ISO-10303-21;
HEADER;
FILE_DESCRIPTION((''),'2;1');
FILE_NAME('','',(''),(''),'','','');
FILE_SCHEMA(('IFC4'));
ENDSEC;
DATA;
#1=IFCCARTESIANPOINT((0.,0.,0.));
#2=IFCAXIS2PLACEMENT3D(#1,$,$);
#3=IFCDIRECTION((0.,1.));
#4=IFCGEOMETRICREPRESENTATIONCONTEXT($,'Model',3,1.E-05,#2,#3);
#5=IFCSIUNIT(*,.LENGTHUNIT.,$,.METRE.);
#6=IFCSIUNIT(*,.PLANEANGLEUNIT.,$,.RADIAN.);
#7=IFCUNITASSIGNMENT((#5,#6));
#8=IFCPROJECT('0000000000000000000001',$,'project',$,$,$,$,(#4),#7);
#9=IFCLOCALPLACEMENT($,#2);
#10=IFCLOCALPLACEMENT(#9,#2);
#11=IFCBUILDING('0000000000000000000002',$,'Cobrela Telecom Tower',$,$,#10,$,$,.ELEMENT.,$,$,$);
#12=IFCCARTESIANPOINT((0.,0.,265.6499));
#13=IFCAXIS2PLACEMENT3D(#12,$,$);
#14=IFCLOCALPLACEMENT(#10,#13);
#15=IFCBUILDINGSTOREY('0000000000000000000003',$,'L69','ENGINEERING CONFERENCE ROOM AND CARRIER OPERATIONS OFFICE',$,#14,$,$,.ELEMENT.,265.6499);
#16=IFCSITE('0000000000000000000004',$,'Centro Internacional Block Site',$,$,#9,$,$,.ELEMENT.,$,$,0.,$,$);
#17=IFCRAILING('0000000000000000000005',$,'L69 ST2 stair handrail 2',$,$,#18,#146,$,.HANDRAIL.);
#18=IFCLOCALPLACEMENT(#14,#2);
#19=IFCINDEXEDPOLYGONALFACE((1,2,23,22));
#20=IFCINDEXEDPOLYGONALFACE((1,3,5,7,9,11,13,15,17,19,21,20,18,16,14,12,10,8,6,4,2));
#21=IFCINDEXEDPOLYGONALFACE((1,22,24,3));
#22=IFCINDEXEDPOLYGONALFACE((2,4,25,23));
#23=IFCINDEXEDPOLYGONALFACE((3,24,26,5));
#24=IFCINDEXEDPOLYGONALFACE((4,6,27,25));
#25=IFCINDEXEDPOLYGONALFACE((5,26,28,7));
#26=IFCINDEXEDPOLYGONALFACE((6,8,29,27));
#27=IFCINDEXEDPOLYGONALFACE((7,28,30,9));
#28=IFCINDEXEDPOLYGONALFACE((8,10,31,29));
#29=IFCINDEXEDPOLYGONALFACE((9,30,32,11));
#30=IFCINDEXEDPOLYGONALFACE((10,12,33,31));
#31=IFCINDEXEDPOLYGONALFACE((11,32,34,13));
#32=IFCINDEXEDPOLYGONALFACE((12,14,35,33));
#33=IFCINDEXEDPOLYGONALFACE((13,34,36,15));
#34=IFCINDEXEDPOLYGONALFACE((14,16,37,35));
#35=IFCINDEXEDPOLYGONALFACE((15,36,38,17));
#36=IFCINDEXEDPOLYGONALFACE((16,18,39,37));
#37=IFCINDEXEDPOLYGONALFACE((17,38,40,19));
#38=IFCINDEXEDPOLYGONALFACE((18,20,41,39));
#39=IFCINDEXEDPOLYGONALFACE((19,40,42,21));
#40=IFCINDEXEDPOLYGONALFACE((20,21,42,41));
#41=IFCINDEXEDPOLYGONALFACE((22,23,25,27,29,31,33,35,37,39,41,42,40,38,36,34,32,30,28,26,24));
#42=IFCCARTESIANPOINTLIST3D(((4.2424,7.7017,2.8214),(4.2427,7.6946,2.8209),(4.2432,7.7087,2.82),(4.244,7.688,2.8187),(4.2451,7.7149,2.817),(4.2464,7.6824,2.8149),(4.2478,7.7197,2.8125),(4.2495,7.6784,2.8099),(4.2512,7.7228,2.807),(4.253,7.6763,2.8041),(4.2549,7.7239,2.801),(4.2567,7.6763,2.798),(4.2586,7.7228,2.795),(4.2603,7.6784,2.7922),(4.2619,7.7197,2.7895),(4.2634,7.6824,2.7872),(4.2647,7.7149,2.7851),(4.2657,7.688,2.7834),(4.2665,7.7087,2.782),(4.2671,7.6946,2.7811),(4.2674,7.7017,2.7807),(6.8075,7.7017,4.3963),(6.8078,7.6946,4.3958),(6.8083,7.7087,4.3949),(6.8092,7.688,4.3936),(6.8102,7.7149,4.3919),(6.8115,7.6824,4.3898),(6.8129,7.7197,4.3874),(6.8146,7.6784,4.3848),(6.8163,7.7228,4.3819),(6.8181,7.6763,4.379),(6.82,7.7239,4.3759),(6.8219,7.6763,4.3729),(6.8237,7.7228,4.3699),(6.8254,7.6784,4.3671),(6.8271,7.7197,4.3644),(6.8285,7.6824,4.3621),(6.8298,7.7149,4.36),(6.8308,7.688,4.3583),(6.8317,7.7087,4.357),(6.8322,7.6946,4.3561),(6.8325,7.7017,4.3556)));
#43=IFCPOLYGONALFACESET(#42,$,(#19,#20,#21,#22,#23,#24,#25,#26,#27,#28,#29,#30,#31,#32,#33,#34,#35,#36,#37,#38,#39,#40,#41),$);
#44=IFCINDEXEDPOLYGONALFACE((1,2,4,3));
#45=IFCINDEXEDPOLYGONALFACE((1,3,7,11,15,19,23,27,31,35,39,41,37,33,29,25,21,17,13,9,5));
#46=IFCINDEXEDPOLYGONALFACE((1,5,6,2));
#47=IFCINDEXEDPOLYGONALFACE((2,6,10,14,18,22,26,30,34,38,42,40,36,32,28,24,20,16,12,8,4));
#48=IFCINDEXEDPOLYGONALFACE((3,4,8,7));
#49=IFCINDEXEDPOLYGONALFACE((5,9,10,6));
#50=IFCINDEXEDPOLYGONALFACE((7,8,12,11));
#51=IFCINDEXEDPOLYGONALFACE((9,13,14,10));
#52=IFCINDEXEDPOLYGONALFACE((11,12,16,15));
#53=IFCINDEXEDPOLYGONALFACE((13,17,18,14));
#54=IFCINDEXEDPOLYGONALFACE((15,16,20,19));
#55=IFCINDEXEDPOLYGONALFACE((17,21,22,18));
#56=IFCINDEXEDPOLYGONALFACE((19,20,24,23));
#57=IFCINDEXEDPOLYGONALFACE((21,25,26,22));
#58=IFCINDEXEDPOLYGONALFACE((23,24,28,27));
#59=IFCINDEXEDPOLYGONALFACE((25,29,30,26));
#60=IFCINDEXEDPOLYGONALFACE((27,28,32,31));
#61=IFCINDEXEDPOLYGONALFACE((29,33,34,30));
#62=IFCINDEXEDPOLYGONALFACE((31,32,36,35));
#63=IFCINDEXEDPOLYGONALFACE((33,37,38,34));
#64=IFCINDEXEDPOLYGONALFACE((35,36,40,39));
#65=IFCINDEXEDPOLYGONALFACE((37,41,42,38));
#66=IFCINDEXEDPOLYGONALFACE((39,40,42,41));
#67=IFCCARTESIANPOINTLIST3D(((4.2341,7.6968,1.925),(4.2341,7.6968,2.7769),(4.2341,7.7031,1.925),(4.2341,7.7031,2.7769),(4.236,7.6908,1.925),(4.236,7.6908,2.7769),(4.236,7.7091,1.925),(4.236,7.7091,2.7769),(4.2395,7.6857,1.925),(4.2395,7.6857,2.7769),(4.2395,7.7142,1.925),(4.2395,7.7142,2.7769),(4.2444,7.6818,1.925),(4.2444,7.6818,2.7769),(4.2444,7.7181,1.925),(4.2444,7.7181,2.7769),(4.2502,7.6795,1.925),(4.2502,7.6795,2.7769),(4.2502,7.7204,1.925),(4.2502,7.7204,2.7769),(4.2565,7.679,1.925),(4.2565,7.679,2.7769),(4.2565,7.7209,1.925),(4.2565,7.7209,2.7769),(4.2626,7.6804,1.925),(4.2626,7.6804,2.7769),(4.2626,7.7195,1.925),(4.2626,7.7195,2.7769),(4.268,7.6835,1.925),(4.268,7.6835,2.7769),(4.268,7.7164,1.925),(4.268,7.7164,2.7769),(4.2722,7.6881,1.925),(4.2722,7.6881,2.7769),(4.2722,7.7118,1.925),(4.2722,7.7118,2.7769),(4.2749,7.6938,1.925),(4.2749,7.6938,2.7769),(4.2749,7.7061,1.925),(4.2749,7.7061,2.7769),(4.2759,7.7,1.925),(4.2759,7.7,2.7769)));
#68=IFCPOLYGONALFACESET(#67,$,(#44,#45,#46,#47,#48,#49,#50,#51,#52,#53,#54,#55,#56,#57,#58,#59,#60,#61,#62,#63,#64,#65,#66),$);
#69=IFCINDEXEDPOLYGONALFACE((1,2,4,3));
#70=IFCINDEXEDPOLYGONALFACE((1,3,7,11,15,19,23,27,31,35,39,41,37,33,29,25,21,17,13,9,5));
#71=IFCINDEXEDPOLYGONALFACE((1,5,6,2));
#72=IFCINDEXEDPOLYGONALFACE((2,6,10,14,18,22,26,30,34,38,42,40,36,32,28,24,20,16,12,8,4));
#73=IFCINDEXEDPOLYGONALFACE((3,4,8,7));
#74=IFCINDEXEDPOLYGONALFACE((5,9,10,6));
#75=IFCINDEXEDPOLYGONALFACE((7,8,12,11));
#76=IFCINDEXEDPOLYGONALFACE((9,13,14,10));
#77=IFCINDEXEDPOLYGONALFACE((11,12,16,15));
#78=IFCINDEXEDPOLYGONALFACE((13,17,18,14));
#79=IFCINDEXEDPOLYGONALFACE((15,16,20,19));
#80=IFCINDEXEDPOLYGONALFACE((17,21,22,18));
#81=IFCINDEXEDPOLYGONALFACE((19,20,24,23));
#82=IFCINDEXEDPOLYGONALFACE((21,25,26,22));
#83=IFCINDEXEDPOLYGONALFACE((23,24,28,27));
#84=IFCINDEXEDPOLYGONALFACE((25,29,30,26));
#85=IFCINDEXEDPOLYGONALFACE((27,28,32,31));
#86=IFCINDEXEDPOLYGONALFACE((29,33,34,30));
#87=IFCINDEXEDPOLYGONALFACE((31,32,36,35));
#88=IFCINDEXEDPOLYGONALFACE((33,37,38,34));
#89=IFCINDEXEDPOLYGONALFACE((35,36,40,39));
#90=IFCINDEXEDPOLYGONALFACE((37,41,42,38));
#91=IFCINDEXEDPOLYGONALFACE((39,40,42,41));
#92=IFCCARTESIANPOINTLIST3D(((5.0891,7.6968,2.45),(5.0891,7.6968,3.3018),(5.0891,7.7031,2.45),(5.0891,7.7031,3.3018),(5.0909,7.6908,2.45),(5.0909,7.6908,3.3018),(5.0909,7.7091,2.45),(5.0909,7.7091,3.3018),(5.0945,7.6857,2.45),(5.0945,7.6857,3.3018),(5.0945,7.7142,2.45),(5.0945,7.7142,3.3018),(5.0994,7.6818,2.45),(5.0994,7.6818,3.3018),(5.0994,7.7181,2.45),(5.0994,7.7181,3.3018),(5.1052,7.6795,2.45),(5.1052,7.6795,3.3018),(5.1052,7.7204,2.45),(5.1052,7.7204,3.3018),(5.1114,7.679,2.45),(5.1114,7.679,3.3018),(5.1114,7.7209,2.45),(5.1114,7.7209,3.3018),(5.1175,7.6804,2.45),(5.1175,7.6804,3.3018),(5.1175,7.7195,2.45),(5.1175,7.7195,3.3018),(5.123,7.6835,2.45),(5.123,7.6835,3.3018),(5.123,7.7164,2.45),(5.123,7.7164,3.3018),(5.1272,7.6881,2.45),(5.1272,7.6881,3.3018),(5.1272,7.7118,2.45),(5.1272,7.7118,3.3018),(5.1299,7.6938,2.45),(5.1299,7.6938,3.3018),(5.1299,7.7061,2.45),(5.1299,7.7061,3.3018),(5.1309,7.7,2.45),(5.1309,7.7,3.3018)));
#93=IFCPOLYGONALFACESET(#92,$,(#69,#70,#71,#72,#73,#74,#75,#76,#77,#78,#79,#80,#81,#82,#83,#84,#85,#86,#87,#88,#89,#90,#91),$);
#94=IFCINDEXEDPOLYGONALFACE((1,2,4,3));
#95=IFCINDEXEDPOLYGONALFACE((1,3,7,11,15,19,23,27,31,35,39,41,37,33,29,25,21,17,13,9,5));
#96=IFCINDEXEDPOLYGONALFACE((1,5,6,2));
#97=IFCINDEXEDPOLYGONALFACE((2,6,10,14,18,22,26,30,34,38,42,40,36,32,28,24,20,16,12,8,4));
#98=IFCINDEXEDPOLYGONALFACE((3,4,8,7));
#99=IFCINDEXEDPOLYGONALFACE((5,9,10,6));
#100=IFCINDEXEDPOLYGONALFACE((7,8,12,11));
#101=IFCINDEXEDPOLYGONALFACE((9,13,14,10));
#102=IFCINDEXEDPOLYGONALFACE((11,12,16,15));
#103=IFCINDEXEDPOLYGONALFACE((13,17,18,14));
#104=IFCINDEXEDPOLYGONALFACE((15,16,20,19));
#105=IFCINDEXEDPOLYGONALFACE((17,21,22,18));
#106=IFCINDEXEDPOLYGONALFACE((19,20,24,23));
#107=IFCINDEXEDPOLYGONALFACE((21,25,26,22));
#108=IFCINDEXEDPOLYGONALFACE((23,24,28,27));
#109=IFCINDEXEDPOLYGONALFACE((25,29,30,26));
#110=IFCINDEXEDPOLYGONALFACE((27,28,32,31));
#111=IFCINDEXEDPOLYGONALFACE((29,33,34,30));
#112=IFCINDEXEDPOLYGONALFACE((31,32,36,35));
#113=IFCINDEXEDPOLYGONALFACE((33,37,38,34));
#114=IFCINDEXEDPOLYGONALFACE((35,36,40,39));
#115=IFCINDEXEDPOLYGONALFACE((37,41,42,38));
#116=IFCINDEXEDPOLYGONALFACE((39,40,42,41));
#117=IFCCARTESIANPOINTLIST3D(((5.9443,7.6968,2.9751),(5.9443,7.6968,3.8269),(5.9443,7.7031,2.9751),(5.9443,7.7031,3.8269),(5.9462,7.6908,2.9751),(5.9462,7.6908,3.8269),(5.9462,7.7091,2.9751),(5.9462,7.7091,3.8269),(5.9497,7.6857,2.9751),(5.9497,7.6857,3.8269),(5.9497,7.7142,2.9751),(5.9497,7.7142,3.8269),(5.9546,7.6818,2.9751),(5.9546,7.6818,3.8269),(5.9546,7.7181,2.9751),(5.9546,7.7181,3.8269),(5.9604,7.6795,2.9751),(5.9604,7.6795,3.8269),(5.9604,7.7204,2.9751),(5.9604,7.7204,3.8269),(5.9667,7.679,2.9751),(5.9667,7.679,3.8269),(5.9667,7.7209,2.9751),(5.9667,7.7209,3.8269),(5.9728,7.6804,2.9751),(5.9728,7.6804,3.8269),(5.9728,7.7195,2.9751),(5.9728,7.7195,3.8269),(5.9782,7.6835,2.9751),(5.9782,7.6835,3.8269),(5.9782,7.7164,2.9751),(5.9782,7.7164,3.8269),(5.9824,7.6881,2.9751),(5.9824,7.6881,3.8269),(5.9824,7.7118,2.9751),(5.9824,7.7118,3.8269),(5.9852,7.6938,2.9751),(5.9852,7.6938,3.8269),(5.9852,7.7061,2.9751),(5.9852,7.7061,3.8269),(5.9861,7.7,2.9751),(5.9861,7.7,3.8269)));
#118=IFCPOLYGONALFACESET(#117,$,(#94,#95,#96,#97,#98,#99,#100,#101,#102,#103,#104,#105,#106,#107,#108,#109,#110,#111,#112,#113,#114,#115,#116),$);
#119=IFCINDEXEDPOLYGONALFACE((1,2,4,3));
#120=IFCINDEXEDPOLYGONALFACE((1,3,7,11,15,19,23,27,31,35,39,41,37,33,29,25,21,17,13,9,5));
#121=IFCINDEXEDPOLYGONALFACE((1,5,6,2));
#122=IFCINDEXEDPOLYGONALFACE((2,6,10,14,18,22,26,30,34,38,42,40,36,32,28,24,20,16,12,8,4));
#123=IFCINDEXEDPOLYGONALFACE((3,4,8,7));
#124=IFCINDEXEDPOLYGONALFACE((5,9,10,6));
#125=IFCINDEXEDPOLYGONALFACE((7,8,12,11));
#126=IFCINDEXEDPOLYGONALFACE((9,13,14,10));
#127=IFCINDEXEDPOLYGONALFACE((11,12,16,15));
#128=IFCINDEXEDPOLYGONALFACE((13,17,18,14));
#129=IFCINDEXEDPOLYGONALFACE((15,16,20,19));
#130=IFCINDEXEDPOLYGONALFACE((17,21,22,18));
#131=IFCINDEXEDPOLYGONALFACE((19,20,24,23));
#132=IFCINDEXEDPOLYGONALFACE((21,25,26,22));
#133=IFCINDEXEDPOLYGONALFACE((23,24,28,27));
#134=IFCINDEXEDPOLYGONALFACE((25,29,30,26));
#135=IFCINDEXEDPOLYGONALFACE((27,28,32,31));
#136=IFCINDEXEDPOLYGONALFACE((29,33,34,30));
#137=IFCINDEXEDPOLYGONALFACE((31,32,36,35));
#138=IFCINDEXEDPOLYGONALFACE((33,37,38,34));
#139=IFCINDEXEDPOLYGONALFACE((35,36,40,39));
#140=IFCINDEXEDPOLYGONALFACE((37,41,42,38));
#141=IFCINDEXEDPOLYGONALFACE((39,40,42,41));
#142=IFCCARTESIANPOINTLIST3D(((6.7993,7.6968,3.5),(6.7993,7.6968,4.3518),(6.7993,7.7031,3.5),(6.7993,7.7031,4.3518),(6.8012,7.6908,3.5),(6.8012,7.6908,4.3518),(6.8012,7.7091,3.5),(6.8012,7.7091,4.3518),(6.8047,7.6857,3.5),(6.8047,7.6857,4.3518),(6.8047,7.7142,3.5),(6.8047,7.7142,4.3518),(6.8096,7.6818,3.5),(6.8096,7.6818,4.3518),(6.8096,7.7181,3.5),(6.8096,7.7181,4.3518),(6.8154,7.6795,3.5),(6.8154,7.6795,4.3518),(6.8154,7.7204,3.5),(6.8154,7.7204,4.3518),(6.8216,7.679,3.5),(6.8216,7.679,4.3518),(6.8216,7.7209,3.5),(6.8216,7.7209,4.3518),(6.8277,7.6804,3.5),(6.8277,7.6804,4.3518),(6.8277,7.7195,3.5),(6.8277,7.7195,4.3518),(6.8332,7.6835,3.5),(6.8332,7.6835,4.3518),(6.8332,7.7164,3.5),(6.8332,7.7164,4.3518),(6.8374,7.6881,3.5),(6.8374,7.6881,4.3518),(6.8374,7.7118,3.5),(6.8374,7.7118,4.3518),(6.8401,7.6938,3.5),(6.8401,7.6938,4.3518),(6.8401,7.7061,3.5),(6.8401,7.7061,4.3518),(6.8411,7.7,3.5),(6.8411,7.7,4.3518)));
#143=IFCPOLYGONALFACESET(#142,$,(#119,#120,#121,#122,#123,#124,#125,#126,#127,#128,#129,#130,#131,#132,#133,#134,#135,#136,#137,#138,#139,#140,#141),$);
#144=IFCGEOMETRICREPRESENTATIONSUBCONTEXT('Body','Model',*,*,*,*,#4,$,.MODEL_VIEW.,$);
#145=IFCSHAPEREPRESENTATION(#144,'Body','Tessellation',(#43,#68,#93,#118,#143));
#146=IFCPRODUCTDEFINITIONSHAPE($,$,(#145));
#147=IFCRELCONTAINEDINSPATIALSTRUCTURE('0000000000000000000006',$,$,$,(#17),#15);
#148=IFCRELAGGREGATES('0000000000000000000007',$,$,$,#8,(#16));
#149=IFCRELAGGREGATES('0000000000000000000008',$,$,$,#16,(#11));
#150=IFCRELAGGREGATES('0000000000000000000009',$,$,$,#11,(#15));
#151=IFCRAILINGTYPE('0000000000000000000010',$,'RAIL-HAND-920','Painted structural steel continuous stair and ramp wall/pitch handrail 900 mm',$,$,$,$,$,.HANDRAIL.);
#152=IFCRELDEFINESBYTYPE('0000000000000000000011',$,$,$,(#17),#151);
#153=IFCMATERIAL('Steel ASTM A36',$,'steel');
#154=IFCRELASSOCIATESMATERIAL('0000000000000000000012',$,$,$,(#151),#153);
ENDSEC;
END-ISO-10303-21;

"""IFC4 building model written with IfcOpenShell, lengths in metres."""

from ifc_helpers import new_model, si_unit, direction, frame, origin, origin_2d, place, context, subcontext, project, spatial, circle, extrude, material, type_object, element, save


model = new_model("IFC4")

# Units and contexts
model_context = context("Model", 3, precision=1e-05, world=origin(), true_north=direction((0.0, 1.0)))
body_context = subcontext(model_context, "Body", "Model", "MODEL_VIEW")
ifc_project = project(units=[si_unit("LENGTHUNIT", "METRE"), si_unit("PLANEANGLEUNIT", "RADIAN")], contexts=[model_context])

# Site, building, storey
site_placement = place(None, origin())
site = spatial("IfcSite", under=ifc_project, at=site_placement, Name="Centro Internacional Block Site", CompositionType="ELEMENT", RefElevation=0.0)
building_placement = place(site_placement, origin())
building = spatial("IfcBuilding", under=site, at=building_placement, Name="Cobrela Telecom Tower", CompositionType="ELEMENT")
storey_placement = place(building_placement, frame((0.0, 0.0, 265.6499)))
storey = spatial("IfcBuildingStorey", under=building, at=storey_placement, Name="L69", Description="ENGINEERING CONFERENCE ROOM AND CARRIER OPERATIONS OFFICE", CompositionType="ELEMENT", Elevation=265.6499)

# Railing
ifc_material_1 = material(Name="Steel ASTM A36", Category="steel")
railing_type_1 = type_object("IfcRailingType", Name="RAIL-HAND-920", Description="Painted structural steel continuous stair and ramp wall/pitch handrail 900 mm", PredefinedType="HANDRAIL", material=ifc_material_1)
railing_1_placement = place(storey_placement, frame((4.2549, 7.7, 1.925)))
element("IfcRailing", 1, at=railing_1_placement, inside=storey, type_object=railing_type_1, Name="L69 ST2 stair handrail 2", PredefinedType="HANDRAIL", context=body_context, shape_type="SweptSolid", body=[
    extrude(circle(Radius=0.0239, at=origin_2d()), frame((0.0, 0.0, 0.876), z_axis=(0.852195, 0.0, 0.523224), x_axis=(0.0, 1.0, 0.0)), (0.0, 0.0, 1.0), 3.01),
    extrude(circle(Radius=0.021, at=origin_2d()), origin(), (0.0, 0.0, 1.0), 0.8518),
    extrude(circle(Radius=0.021, at=origin_2d()), frame((0.855, 0.0, 0.5249)), (0.0, 0.0, 1.0), 0.8518),
    extrude(circle(Radius=0.021, at=origin_2d()), frame((1.7102, 0.0, 1.05)), (0.0, 0.0, 1.0), 0.8518),
    extrude(circle(Radius=0.021, at=origin_2d()), frame((2.5652, 0.0, 1.575)), (0.0, 0.0, 1.0), 0.8518),
])

save(model, "model.ifc")
